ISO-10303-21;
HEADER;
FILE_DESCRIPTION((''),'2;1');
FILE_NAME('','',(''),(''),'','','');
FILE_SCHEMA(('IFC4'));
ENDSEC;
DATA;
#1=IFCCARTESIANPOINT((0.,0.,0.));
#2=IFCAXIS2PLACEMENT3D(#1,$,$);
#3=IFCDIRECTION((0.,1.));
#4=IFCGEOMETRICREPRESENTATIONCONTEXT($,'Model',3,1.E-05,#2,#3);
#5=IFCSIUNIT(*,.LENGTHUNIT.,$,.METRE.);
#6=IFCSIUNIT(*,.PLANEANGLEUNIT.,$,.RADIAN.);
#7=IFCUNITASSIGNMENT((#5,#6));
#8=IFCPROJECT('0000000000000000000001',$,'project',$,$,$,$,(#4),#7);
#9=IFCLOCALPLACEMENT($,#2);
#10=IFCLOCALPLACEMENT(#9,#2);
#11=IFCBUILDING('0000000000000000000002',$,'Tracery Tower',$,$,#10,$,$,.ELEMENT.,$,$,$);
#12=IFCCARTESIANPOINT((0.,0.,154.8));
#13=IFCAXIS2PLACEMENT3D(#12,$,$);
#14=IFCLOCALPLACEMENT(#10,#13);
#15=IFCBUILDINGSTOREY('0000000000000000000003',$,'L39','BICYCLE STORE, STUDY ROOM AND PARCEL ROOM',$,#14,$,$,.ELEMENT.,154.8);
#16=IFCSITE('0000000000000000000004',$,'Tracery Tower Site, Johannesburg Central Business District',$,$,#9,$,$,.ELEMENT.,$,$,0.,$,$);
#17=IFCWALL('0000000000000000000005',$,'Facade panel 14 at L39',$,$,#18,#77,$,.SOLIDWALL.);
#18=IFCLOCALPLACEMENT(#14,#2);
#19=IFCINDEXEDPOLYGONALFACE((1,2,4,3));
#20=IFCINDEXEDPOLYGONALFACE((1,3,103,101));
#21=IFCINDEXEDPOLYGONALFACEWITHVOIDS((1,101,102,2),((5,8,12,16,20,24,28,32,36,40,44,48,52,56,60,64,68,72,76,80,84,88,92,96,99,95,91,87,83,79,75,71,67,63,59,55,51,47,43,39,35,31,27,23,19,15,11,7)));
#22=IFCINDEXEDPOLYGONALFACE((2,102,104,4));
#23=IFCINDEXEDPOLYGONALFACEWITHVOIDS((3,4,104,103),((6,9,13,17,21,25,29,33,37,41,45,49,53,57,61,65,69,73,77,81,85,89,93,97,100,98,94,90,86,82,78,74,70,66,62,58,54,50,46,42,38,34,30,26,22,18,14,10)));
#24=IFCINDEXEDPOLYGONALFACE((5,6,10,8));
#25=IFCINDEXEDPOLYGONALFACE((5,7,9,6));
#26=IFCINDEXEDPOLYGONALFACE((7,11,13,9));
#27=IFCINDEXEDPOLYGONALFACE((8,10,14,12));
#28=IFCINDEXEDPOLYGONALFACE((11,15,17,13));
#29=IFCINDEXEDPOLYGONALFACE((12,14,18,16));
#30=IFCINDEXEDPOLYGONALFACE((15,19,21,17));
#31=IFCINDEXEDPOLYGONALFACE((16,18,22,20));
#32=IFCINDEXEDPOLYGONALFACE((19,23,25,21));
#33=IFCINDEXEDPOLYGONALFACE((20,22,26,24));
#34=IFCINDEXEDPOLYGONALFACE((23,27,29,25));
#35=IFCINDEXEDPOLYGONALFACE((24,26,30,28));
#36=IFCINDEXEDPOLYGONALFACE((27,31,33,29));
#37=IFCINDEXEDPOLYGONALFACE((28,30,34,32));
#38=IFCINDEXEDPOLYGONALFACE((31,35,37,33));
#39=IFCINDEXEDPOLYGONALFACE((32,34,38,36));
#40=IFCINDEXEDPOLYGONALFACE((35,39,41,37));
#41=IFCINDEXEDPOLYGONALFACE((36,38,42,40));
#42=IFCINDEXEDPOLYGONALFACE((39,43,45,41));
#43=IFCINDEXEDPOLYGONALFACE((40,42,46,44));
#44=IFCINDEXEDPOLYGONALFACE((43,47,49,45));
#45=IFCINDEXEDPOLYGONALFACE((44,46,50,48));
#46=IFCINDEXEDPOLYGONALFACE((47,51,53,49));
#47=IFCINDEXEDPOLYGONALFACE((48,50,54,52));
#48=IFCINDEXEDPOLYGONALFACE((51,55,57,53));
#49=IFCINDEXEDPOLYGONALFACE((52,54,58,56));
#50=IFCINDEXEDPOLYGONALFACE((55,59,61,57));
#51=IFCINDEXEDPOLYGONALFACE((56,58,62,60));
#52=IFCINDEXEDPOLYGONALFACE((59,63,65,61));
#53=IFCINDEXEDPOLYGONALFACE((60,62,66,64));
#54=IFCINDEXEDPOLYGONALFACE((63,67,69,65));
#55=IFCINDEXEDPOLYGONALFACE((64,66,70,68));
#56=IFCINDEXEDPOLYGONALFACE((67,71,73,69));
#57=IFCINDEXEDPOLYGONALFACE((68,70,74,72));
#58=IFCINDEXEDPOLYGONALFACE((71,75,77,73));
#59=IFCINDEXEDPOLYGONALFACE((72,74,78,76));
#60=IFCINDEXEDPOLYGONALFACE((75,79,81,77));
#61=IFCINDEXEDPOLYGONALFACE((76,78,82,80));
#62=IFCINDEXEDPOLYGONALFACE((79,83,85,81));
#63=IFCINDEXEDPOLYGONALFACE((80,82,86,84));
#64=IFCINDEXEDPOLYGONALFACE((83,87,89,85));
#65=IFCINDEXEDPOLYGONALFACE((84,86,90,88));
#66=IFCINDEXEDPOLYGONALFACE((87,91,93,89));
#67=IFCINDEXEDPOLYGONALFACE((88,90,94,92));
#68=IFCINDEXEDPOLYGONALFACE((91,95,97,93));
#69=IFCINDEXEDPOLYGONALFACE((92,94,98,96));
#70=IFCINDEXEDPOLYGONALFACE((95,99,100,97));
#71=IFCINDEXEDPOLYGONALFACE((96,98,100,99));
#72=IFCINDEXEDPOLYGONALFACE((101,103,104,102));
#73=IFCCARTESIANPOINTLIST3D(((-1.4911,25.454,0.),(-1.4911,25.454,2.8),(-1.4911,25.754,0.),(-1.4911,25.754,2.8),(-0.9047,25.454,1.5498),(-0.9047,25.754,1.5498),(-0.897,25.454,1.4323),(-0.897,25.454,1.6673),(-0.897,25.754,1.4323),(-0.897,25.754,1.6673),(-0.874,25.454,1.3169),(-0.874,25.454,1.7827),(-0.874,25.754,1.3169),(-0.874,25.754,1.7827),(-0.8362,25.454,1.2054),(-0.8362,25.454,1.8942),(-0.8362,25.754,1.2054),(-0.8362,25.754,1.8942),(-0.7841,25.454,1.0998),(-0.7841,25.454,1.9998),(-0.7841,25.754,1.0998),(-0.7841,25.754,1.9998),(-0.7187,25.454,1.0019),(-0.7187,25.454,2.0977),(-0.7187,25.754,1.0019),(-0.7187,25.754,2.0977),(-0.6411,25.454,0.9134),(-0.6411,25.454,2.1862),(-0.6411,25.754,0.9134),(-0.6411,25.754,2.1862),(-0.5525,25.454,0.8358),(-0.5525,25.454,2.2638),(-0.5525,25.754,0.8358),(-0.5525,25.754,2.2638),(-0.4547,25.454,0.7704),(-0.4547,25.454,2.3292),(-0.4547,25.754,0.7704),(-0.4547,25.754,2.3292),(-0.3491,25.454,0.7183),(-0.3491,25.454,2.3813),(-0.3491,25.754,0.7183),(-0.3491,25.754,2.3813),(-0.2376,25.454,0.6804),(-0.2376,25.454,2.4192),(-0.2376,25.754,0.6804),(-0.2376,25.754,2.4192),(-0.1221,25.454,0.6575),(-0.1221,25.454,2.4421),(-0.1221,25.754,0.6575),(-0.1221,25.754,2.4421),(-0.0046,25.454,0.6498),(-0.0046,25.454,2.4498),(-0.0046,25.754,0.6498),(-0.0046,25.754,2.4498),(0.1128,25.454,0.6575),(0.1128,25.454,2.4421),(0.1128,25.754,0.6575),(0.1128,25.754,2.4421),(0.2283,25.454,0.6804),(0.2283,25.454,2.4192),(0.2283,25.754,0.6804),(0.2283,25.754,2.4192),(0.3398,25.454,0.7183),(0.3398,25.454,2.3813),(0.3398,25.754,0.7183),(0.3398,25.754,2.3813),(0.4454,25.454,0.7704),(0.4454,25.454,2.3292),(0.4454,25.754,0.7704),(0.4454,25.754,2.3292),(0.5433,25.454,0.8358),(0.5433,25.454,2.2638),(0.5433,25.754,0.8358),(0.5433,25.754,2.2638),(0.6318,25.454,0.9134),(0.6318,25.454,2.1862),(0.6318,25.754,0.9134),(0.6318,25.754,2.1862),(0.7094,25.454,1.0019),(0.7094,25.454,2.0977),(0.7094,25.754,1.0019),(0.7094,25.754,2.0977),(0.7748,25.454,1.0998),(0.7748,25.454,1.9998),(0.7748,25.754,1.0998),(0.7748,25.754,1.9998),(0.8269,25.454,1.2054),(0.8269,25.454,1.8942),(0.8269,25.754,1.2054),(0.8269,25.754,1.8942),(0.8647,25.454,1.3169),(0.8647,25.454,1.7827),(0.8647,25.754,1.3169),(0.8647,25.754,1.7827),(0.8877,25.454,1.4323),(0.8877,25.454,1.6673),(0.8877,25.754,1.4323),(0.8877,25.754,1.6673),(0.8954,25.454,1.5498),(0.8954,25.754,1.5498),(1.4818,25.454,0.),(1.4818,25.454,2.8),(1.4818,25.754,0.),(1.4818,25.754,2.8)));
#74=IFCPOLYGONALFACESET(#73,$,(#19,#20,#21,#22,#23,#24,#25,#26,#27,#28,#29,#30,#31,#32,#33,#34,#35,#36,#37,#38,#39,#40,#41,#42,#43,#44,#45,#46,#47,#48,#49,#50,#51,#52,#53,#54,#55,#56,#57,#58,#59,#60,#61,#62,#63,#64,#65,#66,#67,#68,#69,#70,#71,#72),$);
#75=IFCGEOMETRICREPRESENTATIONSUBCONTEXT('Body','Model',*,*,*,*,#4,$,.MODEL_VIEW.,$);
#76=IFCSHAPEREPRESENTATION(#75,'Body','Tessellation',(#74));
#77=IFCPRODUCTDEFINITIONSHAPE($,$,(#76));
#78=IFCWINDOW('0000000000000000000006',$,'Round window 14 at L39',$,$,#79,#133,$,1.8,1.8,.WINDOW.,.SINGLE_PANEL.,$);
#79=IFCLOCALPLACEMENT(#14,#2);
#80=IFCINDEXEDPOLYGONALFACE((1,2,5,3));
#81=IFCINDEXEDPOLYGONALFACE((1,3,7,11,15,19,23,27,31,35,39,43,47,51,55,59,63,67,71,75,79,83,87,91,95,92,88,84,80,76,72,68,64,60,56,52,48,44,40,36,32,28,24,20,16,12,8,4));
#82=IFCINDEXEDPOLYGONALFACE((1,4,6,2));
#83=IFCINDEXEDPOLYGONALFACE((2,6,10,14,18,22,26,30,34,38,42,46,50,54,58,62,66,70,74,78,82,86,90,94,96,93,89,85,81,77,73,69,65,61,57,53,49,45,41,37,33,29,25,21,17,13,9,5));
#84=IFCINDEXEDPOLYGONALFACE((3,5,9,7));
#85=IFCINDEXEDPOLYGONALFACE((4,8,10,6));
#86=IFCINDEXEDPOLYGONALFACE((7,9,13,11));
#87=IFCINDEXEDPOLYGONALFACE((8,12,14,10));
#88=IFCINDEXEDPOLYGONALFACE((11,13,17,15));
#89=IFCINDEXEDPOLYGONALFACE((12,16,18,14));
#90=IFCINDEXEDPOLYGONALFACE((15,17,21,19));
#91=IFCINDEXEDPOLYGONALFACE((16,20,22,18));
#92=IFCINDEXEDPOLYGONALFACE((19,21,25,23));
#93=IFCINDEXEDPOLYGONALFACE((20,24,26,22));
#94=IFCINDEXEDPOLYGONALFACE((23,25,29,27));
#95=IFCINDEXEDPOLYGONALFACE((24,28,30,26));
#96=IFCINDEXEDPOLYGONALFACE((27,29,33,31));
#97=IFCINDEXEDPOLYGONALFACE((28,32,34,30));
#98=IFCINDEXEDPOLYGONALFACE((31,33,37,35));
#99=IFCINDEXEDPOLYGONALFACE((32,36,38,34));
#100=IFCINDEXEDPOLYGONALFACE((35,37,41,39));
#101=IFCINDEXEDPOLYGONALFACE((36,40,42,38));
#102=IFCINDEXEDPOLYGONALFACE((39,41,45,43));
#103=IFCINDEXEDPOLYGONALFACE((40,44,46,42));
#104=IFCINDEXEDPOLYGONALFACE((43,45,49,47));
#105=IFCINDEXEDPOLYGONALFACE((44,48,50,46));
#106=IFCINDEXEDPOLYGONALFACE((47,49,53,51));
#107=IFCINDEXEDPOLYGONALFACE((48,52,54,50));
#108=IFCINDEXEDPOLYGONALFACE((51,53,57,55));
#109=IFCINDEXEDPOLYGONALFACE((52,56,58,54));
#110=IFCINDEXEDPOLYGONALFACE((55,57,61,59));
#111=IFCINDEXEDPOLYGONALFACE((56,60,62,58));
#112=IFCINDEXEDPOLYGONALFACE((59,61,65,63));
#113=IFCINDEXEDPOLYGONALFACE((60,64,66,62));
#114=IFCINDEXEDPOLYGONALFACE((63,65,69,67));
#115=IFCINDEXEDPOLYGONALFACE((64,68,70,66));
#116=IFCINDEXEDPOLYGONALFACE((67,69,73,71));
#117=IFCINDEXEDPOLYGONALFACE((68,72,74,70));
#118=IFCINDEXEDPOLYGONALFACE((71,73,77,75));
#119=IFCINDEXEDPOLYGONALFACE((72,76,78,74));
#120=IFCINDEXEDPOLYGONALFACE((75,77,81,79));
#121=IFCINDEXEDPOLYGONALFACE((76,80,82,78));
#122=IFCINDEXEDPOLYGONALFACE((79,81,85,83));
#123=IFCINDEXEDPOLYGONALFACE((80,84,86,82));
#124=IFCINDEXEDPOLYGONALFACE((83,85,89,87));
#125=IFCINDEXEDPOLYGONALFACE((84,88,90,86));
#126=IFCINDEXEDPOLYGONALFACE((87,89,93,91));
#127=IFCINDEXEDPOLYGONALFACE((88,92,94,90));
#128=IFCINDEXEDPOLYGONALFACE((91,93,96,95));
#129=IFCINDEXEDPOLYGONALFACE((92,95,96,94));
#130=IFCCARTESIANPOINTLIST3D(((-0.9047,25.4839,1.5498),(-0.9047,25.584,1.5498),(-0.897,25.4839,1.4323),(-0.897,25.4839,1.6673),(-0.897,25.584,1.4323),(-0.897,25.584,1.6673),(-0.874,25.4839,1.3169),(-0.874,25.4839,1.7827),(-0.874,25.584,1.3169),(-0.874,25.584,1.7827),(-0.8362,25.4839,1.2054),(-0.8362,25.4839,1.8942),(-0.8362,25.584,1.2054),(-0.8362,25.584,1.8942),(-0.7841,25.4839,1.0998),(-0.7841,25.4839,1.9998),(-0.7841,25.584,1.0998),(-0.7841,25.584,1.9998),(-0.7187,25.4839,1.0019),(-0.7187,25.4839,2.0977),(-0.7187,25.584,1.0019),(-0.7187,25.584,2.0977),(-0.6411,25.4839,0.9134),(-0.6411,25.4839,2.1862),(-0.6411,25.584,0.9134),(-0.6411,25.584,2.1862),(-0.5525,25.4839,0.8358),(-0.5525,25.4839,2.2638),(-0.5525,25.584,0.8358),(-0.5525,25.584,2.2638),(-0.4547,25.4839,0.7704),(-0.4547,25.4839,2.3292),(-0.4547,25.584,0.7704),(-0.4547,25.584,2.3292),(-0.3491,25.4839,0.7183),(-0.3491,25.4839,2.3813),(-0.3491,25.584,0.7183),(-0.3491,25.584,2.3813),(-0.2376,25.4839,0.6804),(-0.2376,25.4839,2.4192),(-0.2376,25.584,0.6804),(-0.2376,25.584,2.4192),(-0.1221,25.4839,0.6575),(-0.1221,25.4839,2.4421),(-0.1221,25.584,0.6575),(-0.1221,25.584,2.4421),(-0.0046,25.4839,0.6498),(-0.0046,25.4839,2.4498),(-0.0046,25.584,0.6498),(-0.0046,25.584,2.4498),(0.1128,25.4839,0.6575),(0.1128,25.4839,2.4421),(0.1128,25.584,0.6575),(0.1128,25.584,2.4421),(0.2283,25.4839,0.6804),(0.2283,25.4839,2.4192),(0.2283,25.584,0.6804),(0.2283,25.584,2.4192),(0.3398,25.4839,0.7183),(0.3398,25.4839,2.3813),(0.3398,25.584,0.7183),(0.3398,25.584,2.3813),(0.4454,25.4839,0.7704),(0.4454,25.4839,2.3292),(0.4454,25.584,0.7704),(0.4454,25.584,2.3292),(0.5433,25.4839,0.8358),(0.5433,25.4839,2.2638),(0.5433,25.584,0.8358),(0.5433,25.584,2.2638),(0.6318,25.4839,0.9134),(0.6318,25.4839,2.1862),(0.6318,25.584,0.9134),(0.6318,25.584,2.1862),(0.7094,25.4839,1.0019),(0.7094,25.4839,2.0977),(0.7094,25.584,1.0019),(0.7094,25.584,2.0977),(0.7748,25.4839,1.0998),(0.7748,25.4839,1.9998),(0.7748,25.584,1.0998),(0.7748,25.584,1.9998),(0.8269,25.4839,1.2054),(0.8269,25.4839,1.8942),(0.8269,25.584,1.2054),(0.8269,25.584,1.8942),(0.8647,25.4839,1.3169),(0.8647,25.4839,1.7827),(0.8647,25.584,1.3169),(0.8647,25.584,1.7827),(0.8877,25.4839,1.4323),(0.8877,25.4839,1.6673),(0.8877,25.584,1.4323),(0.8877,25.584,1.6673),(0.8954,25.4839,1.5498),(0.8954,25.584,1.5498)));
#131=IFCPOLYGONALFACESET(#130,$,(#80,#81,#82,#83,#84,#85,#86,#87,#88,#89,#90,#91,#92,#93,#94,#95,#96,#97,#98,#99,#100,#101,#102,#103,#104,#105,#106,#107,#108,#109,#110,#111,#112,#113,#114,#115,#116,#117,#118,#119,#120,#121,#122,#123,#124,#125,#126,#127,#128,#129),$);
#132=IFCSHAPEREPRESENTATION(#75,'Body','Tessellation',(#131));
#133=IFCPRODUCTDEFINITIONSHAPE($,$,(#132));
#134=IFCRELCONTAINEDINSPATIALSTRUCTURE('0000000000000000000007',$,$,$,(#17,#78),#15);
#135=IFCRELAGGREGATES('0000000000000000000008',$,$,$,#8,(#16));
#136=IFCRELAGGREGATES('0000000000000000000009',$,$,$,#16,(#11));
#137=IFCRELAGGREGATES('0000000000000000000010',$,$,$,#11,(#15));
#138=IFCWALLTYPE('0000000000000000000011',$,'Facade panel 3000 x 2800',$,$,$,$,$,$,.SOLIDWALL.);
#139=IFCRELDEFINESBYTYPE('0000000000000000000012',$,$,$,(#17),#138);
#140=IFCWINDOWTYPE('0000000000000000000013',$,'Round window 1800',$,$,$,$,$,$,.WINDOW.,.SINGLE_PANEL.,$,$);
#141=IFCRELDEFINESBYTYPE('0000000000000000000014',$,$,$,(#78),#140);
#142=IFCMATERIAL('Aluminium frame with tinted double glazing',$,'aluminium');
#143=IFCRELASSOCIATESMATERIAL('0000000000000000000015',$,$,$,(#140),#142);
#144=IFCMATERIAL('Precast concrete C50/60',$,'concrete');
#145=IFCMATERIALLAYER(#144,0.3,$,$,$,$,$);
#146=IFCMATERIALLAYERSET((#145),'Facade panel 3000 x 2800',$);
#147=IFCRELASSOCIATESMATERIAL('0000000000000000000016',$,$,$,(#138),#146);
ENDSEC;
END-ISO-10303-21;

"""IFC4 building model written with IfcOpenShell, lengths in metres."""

from ifc_helpers import new_model, si_unit, direction, frame, frame_2d, origin, origin_2d, place, context, subcontext, project, spatial, rectangle, circle, extrude, material, layer, layer_set, type_object, element, fill, save


model = new_model("IFC4")

# Units and contexts
model_context = context("Model", 3, precision=1e-05, world=origin(), true_north=direction((0.0, 1.0)))
body_context = subcontext(model_context, "Body", "Model", "MODEL_VIEW")
ifc_project = project(units=[si_unit("LENGTHUNIT", "METRE"), si_unit("PLANEANGLEUNIT", "RADIAN")], contexts=[model_context])

# Site, building, storey
site_placement = place(None, origin())
site = spatial("IfcSite", under=ifc_project, at=site_placement, Name="Tracery Tower Site, Johannesburg Central Business District", CompositionType="ELEMENT", RefElevation=0.0)
building_placement = place(site_placement, origin())
building = spatial("IfcBuilding", under=site, at=building_placement, Name="Tracery Tower", CompositionType="ELEMENT")
storey_placement = place(building_placement, frame((0.0, 0.0, 154.8)))
storey = spatial("IfcBuildingStorey", under=building, at=storey_placement, Name="L39", Description="BICYCLE STORE, STUDY ROOM AND PARCEL ROOM", CompositionType="ELEMENT", Elevation=154.8)

# Wall, opening, window
ifc_material_1 = material(Name="Aluminium frame with tinted double glazing", Category="aluminium")
window_type = type_object("IfcWindowType", Name="Round window 1800", PartitioningType="SINGLE_PANEL", PredefinedType="WINDOW", material=ifc_material_1)
ifc_material_2 = material(Name="Precast concrete C50/60", Category="concrete")
ifc_layer_1 = layer(ifc_material_2, 0.3)
ifc_layer_set_1 = layer_set([ifc_layer_1], Name="Facade panel 3000 x 2800")
wall_type_1 = type_object("IfcWallType", Name="Facade panel 3000 x 2800", PredefinedType="SOLIDWALL", material=ifc_layer_set_1)
wall_1_placement = place(storey_placement, frame((1.4817, 25.604, 0.0), z_axis=(0.0, 0.0, 1.0), x_axis=(-1.0, 0.0, 0.0)))
wall_1 = element("IfcWall", 1, at=wall_1_placement, inside=storey, type_object=wall_type_1, Name="Facade panel 14 at L39", PredefinedType="SOLIDWALL", context=body_context, shape_type="SweptSolid", body=[
    extrude(rectangle(XDim=2.9729, YDim=0.3, at=frame_2d((1.4863, 0.0))), origin(), (0.0, 0.0, 1.0), 2.8),
])
opening_1_placement = place(wall_1_placement, frame((1.4863, 0.0, 1.5498)))
opening_1 = element("IfcOpeningElement", 2, at=opening_1_placement, cuts=wall_1, PredefinedType="OPENING", context=body_context, shape_type="SweptSolid", body=[
    extrude(circle(Radius=0.9, at=origin_2d()), frame((0.0, 0.1599, 0.0), z_axis=(0.0, -1.0, 0.0), x_axis=(1.0, 0.0, 0.0)), (0.0, 0.0, 1.0), 0.3201),
])
window_1_placement = place(opening_1_placement, origin())
window_1 = element("IfcWindow", 3, at=window_1_placement, inside=storey, type_object=window_type, Name="Round window 14 at L39", OverallHeight=1.8, OverallWidth=1.8, PartitioningType="SINGLE_PANEL", PredefinedType="WINDOW", context=body_context, shape_type="SweptSolid", body=[
    extrude(circle(Radius=0.9, at=origin_2d()), frame((0.0, 0.1201, 0.0), z_axis=(0.0, -1.0, 0.0), x_axis=(1.0, 0.0, 0.0)), (0.0, 0.0, 1.0), 0.1001),
])
fill(opening_1, window_1)

save(model, "model.ifc")
